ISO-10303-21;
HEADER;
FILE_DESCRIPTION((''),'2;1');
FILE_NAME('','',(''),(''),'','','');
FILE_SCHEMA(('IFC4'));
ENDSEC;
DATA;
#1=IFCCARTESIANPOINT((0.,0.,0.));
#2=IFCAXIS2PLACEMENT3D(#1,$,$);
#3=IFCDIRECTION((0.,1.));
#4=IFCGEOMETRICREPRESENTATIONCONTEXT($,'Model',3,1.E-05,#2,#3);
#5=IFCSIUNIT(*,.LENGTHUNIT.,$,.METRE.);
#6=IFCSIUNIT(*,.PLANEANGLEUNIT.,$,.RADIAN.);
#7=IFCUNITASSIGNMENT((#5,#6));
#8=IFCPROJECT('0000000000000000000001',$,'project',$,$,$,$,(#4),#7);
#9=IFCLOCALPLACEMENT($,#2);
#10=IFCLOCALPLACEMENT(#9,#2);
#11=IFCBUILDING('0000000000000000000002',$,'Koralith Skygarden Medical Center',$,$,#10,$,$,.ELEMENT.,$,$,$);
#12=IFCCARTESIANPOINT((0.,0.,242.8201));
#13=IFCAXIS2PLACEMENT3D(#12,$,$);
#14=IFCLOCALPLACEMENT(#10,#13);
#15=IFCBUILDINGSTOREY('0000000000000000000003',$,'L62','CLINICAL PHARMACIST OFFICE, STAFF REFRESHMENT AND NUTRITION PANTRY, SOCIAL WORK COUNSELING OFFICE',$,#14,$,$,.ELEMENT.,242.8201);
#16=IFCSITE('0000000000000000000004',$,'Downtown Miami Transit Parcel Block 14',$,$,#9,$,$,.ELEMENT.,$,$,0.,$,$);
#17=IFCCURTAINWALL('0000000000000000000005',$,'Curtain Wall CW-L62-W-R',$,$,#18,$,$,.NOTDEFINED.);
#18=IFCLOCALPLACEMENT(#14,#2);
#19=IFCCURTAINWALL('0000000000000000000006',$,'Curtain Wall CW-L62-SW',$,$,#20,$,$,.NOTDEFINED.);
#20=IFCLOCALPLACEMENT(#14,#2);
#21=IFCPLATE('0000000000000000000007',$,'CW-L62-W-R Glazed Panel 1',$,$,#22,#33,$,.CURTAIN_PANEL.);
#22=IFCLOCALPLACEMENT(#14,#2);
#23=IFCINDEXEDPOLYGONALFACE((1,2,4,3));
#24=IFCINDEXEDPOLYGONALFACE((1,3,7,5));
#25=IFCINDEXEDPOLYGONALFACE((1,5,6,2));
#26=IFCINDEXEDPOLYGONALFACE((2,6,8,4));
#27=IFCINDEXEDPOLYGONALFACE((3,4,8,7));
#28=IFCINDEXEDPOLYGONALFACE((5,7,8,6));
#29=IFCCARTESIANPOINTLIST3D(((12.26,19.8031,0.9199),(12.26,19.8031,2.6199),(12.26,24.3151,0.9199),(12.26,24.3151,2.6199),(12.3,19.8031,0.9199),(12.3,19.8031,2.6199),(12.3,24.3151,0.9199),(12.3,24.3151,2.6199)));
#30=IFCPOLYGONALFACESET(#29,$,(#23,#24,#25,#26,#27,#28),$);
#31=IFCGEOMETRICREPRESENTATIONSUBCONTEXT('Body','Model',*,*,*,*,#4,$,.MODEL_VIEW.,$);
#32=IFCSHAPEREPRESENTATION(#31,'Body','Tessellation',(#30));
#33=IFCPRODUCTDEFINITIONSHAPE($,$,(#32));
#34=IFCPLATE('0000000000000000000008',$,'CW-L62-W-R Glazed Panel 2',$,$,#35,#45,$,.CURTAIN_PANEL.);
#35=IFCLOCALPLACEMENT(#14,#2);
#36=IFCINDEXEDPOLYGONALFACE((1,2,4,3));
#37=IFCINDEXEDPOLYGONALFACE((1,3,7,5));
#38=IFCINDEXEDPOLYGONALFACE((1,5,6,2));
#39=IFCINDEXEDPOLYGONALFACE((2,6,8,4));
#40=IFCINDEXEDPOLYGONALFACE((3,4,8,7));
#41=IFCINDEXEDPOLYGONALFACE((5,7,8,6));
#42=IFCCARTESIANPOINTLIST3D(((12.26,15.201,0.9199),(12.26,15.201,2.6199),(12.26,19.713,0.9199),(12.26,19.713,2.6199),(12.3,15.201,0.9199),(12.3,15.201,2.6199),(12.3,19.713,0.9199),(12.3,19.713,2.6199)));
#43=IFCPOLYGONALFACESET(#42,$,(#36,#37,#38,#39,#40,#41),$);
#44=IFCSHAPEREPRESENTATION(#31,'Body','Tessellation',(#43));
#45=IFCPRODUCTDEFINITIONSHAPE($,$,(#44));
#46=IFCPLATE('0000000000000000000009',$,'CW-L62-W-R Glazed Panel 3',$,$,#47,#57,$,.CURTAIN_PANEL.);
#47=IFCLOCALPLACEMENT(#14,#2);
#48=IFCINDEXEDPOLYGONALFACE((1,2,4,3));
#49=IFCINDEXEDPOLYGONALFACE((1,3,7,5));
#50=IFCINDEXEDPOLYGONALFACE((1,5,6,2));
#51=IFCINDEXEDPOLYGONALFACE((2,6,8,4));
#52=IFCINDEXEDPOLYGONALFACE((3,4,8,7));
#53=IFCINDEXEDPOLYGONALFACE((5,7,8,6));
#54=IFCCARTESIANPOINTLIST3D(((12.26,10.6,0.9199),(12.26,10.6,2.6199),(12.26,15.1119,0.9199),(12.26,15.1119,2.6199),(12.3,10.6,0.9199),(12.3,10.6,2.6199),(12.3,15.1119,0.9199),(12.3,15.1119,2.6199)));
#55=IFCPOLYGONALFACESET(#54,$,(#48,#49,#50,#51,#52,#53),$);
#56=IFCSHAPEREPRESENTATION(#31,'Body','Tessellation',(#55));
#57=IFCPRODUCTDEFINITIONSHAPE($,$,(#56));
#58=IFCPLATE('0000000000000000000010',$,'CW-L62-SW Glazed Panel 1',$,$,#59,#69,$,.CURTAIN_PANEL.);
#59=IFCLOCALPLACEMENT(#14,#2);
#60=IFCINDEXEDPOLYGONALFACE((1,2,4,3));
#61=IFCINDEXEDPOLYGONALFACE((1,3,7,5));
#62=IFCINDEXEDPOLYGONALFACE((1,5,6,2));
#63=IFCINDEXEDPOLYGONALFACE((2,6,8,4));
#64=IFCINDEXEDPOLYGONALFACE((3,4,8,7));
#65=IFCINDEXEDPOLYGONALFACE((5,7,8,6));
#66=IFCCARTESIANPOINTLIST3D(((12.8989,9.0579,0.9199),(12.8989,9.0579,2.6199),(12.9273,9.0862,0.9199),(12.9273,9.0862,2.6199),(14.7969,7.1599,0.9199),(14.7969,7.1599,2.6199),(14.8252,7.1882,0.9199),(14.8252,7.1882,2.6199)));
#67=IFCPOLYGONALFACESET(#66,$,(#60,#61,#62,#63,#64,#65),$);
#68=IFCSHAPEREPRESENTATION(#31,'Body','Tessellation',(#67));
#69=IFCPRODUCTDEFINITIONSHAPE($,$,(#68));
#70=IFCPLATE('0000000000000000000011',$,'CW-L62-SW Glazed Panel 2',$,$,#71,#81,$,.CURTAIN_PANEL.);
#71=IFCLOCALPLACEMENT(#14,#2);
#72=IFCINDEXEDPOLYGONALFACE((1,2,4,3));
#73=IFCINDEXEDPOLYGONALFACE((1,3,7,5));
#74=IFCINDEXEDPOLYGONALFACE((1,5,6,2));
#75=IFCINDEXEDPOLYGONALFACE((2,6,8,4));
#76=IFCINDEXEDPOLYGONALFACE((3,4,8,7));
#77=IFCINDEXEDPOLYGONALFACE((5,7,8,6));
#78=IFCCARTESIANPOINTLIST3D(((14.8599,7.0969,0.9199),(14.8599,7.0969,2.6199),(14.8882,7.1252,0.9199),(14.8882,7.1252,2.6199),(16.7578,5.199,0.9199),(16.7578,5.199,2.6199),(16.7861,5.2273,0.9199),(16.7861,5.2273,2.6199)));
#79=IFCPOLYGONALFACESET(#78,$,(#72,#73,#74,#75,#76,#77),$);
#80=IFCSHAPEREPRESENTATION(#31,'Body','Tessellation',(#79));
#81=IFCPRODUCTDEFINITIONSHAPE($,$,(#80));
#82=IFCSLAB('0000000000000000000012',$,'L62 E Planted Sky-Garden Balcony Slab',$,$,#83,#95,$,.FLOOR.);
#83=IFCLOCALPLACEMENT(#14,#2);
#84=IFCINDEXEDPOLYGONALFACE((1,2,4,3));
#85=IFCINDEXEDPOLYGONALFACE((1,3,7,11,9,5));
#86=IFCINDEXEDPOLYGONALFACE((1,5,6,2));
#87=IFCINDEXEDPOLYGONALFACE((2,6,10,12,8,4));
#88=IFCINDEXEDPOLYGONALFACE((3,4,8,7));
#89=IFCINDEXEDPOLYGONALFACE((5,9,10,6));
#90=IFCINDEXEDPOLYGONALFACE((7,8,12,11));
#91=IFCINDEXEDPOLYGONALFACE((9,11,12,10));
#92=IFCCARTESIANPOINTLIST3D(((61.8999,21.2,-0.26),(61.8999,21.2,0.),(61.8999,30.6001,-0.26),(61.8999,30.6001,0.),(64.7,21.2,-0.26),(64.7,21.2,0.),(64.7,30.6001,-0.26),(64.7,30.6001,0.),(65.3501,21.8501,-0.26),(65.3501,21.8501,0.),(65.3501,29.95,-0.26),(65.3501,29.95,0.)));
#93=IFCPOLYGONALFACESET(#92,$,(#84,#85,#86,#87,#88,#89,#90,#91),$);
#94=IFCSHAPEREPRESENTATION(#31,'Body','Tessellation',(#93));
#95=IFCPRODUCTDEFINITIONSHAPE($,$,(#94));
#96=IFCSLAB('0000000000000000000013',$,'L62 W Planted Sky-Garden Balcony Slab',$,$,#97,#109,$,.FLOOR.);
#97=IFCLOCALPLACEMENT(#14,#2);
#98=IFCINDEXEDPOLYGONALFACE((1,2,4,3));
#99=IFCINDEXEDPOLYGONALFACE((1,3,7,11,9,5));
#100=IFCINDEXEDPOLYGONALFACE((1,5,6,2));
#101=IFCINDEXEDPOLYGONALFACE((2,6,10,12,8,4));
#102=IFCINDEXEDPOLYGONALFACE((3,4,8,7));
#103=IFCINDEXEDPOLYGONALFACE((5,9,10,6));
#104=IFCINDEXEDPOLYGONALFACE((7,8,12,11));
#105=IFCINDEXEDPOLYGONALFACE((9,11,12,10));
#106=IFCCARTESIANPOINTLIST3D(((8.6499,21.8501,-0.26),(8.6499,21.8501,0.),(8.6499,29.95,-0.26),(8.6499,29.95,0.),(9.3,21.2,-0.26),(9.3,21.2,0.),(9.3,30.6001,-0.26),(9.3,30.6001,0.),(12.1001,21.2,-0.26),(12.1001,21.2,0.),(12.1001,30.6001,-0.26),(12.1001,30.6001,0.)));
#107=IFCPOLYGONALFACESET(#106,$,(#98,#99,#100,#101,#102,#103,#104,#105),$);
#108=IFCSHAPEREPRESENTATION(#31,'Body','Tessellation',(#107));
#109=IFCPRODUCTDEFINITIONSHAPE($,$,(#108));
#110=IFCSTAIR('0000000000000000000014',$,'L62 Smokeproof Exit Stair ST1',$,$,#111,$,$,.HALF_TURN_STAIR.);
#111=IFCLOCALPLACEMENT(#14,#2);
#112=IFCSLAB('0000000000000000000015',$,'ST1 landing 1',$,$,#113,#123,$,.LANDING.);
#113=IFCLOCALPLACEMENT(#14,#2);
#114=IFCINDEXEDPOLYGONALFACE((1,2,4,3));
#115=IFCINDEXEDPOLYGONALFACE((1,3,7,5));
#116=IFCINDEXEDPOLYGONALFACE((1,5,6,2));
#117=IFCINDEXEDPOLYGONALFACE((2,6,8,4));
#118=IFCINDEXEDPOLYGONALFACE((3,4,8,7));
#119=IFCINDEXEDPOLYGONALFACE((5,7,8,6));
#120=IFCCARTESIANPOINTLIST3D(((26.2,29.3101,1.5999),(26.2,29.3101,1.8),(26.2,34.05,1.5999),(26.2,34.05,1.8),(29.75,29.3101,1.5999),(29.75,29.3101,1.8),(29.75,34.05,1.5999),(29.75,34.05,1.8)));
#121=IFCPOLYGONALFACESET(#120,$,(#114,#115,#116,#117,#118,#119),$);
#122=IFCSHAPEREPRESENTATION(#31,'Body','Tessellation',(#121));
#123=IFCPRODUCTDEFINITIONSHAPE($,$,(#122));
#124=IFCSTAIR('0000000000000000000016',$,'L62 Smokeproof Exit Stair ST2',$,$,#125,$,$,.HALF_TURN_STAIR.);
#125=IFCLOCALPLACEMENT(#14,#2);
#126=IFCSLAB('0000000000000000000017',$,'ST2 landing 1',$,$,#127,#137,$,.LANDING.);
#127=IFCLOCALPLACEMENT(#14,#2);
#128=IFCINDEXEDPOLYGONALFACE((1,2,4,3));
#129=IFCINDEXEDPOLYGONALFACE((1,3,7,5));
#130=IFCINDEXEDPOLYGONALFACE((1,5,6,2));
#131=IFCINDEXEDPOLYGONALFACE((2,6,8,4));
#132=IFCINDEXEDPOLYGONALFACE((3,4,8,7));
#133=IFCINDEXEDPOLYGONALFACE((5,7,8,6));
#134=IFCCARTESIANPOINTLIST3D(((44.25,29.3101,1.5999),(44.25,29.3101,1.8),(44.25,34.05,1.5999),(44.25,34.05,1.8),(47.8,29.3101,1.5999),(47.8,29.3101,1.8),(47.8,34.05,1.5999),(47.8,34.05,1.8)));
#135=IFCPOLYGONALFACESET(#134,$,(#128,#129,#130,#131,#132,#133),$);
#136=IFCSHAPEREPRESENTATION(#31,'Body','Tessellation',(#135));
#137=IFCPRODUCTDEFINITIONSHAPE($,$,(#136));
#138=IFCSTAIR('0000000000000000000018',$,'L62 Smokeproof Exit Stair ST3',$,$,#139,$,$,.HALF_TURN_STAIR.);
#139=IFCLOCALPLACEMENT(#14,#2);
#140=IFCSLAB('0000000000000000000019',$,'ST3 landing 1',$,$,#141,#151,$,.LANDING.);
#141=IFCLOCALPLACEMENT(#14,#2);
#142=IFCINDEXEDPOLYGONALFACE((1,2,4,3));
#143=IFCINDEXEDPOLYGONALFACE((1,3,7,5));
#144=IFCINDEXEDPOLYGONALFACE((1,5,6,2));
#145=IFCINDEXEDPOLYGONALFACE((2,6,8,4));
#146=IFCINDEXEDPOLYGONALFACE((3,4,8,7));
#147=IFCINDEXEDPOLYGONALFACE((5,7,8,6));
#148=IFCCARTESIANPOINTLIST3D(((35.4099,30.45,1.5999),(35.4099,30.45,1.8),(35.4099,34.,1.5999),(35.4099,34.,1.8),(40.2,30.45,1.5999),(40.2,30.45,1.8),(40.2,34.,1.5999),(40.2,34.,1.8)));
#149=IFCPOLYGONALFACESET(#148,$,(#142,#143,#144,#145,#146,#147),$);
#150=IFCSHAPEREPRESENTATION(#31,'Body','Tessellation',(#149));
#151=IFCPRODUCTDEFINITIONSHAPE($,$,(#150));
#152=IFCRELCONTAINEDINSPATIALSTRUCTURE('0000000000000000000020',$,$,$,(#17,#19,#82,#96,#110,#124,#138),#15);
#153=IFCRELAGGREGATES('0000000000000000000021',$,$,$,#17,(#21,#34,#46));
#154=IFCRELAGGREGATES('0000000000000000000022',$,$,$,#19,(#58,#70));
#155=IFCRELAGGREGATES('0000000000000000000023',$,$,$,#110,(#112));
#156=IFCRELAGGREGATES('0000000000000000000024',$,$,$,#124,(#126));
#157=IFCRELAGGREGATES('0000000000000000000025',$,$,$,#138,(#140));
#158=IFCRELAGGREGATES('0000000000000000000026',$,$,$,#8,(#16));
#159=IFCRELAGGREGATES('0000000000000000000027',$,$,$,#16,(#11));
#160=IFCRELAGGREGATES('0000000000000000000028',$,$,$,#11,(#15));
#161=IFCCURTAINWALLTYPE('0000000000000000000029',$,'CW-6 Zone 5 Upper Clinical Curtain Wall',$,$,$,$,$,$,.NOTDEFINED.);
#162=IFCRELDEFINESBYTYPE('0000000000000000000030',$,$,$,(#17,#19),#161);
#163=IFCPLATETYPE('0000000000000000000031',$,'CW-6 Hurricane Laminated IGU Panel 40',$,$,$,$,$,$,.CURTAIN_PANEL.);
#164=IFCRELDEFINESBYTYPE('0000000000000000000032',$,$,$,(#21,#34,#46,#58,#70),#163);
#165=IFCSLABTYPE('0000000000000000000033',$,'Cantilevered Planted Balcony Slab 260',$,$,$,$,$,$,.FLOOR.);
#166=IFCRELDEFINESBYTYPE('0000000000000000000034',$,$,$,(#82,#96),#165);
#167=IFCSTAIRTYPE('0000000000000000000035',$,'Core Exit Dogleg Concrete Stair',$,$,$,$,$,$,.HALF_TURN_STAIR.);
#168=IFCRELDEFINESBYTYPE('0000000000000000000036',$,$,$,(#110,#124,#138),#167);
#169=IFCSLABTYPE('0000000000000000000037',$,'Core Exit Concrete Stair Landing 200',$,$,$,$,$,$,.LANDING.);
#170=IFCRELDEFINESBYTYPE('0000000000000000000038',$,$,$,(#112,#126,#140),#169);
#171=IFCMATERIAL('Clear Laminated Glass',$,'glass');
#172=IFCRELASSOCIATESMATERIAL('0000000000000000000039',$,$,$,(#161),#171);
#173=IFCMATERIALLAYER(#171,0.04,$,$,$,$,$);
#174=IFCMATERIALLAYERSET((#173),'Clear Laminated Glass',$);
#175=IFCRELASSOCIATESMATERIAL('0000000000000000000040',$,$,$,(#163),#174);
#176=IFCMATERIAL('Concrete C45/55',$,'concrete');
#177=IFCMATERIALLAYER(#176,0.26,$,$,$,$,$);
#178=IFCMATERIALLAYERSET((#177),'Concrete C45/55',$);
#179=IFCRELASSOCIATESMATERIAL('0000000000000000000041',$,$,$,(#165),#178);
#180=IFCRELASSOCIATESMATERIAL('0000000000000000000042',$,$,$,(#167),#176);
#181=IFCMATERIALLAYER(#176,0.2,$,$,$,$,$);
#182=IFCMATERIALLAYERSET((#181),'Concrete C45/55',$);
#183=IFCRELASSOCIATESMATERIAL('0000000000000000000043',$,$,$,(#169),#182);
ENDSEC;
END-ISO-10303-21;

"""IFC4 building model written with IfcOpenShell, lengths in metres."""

from ifc_helpers import new_model, si_unit, direction, frame, origin, origin_2d, place, context, subcontext, project, spatial, polyline, rectangle, outline, extrude, material, layer, layer_set, type_object, element, aggregate, save


model = new_model("IFC4")

# Units and contexts
model_context = context("Model", 3, precision=1e-05, world=origin(), true_north=direction((0.0, 1.0)))
body_context = subcontext(model_context, "Body", "Model", "MODEL_VIEW")
ifc_project = project(units=[si_unit("LENGTHUNIT", "METRE"), si_unit("PLANEANGLEUNIT", "RADIAN")], contexts=[model_context])

# Site, building, storey
site_placement = place(None, origin())
site = spatial("IfcSite", under=ifc_project, at=site_placement, Name="Downtown Miami Transit Parcel Block 14", CompositionType="ELEMENT", RefElevation=0.0)
building_placement = place(site_placement, origin())
building = spatial("IfcBuilding", under=site, at=building_placement, Name="Koralith Skygarden Medical Center", CompositionType="ELEMENT")
storey_placement = place(building_placement, frame((0.0, 0.0, 242.8201)))
storey = spatial("IfcBuildingStorey", under=building, at=storey_placement, Name="L62", Description="CLINICAL PHARMACIST OFFICE, STAFF REFRESHMENT AND NUTRITION PANTRY, SOCIAL WORK COUNSELING OFFICE", CompositionType="ELEMENT", Elevation=242.8201)

# Curtain walls
ifc_material_1 = material(Name="Clear Laminated Glass", Category="glass")
curtain_wall_type = type_object("IfcCurtainWallType", Name="CW-6 Zone 5 Upper Clinical Curtain Wall", PredefinedType="NOTDEFINED", material=ifc_material_1)
curtain_wall_1_placement = place(storey_placement, origin())
curtain_wall_1 = element("IfcCurtainWall", 1, at=curtain_wall_1_placement, inside=storey, type_object=curtain_wall_type, Name="Curtain Wall CW-L62-W-R", PredefinedType="NOTDEFINED")
curtain_wall_2_placement = place(storey_placement, origin())
curtain_wall_2 = element("IfcCurtainWall", 2, at=curtain_wall_2_placement, inside=storey, type_object=curtain_wall_type, Name="Curtain Wall CW-L62-SW", PredefinedType="NOTDEFINED")

# Shared definitions
ifc_material_2 = material(Name="Concrete C45/55", Category="concrete")

# Plates
ifc_layer_1 = layer(ifc_material_1, 0.04)
ifc_layer_set_1 = layer_set([ifc_layer_1], Name="Clear Laminated Glass")
plate_type_1 = type_object("IfcPlateType", Name="CW-6 Hurricane Laminated IGU Panel 40", PredefinedType="CURTAIN_PANEL", material=ifc_layer_set_1)
plate_1_placement = place(storey_placement, frame((12.28, 22.0591, 0.9199), z_axis=(0.0, 0.0, 1.0), x_axis=(0.0, -1.0, 0.0)))
plate_1 = element("IfcPlate", 3, at=plate_1_placement, type_object=plate_type_1, Name="CW-L62-W-R Glazed Panel 1", PredefinedType="CURTAIN_PANEL", context=body_context, shape_type="SweptSolid", body=[
    extrude(rectangle(XDim=4.512, YDim=0.04, at=origin_2d()), origin(), (0.0, 0.0, 1.0), 1.7),
])
plate_2_placement = place(storey_placement, frame((12.28, 17.457, 0.9199), z_axis=(0.0, 0.0, 1.0), x_axis=(0.0, -1.0, 0.0)))
plate_2 = element("IfcPlate", 4, at=plate_2_placement, type_object=plate_type_1, Name="CW-L62-W-R Glazed Panel 2", PredefinedType="CURTAIN_PANEL", context=body_context, shape_type="SweptSolid", body=[
    extrude(rectangle(XDim=4.512, YDim=0.04, at=origin_2d()), origin(), (0.0, 0.0, 1.0), 1.7),
])
plate_3_placement = place(storey_placement, frame((12.28, 12.856, 0.9199), z_axis=(0.0, 0.0, 1.0), x_axis=(0.0, -1.0, 0.0)))
plate_3 = element("IfcPlate", 5, at=plate_3_placement, type_object=plate_type_1, Name="CW-L62-W-R Glazed Panel 3", PredefinedType="CURTAIN_PANEL", context=body_context, shape_type="SweptSolid", body=[
    extrude(rectangle(XDim=4.512, YDim=0.04, at=origin_2d()), origin(), (0.0, 0.0, 1.0), 1.7),
])
aggregate(curtain_wall_1, [plate_1, plate_2, plate_3])
plate_4_placement = place(storey_placement, frame((13.8621, 8.123, 0.9199), z_axis=(0.0, 0.0, 1.0), x_axis=(0.707107, -0.707107, 0.0)))
plate_4 = element("IfcPlate", 6, at=plate_4_placement, type_object=plate_type_1, Name="CW-L62-SW Glazed Panel 1", PredefinedType="CURTAIN_PANEL", context=body_context, shape_type="SweptSolid", body=[
    extrude(rectangle(XDim=2.6841, YDim=0.04, at=origin_2d()), origin(), (0.0, 0.0, 1.0), 1.7),
])
plate_5_placement = place(storey_placement, frame((15.823, 6.1621, 0.9199), z_axis=(0.0, 0.0, 1.0), x_axis=(0.707107, -0.707107, 0.0)))
plate_5 = element("IfcPlate", 7, at=plate_5_placement, type_object=plate_type_1, Name="CW-L62-SW Glazed Panel 2", PredefinedType="CURTAIN_PANEL", context=body_context, shape_type="SweptSolid", body=[
    extrude(rectangle(XDim=2.6841, YDim=0.04, at=origin_2d()), origin(), (0.0, 0.0, 1.0), 1.7),
])
aggregate(curtain_wall_2, [plate_4, plate_5])

# Slabs
ifc_layer_2 = layer(ifc_material_2, 0.26)
ifc_layer_set_2 = layer_set([ifc_layer_2], Name="Concrete C45/55")
slab_type_1 = type_object("IfcSlabType", Name="Cantilevered Planted Balcony Slab 260", PredefinedType="FLOOR", material=ifc_layer_set_2)
slab_1_placement = place(storey_placement, frame((0.0, 0.0, -0.26)))
element("IfcSlab", 8, at=slab_1_placement, inside=storey, type_object=slab_type_1, Name="L62 E Planted Sky-Garden Balcony Slab", PredefinedType="FLOOR", context=body_context, shape_type="SweptSolid", body=[
    extrude(outline(polyline([(61.8999, 21.2), (64.7, 21.2), (65.3501, 21.8501), (65.3501, 29.95), (64.7, 30.6001), (61.8999, 30.6001), (61.8999, 21.2)])), origin(), (0.0, 0.0, 1.0), 0.26),
])
slab_2_placement = place(storey_placement, frame((0.0, 0.0, -0.26)))
element("IfcSlab", 9, at=slab_2_placement, inside=storey, type_object=slab_type_1, Name="L62 W Planted Sky-Garden Balcony Slab", PredefinedType="FLOOR", context=body_context, shape_type="SweptSolid", body=[
    extrude(outline(polyline([(9.3, 21.2), (12.1001, 21.2), (12.1001, 30.6001), (9.3, 30.6001), (8.6499, 29.95), (8.6499, 21.8501), (9.3, 21.2)])), origin(), (0.0, 0.0, 1.0), 0.26),
])

# Stairs, slabs
stair_type = type_object("IfcStairType", Name="Core Exit Dogleg Concrete Stair", PredefinedType="HALF_TURN_STAIR", material=ifc_material_2)
stair_1_placement = place(storey_placement, origin())
stair_1 = element("IfcStair", 10, at=stair_1_placement, inside=storey, type_object=stair_type, Name="L62 Smokeproof Exit Stair ST1", PredefinedType="HALF_TURN_STAIR")
ifc_layer_3 = layer(ifc_material_2, 0.2)
ifc_layer_set_3 = layer_set([ifc_layer_3], Name="Concrete C45/55")
slab_type_2 = type_object("IfcSlabType", Name="Core Exit Concrete Stair Landing 200", PredefinedType="LANDING", material=ifc_layer_set_3)
slab_3_placement = place(storey_placement, frame((0.0, 0.0, 1.5999)))
slab_3 = element("IfcSlab", 11, at=slab_3_placement, type_object=slab_type_2, Name="ST1 landing 1", PredefinedType="LANDING", context=body_context, shape_type="SweptSolid", body=[
    extrude(outline(polyline([(29.75, 29.3101), (29.75, 34.05), (26.2, 34.05), (26.2, 29.3101), (29.75, 29.3101)])), origin(), (0.0, 0.0, 1.0), 0.2002),
])
aggregate(stair_1, [slab_3])
stair_2_placement = place(storey_placement, origin())
stair_2 = element("IfcStair", 12, at=stair_2_placement, inside=storey, type_object=stair_type, Name="L62 Smokeproof Exit Stair ST2", PredefinedType="HALF_TURN_STAIR")
slab_4_placement = place(storey_placement, frame((0.0, 0.0, 1.5999)))
slab_4 = element("IfcSlab", 13, at=slab_4_placement, type_object=slab_type_2, Name="ST2 landing 1", PredefinedType="LANDING", context=body_context, shape_type="SweptSolid", body=[
    extrude(outline(polyline([(47.8, 29.3101), (47.8, 34.05), (44.25, 34.05), (44.25, 29.3101), (47.8, 29.3101)])), origin(), (0.0, 0.0, 1.0), 0.2002),
])
aggregate(stair_2, [slab_4])
stair_3_placement = place(storey_placement, origin())
stair_3 = element("IfcStair", 14, at=stair_3_placement, inside=storey, type_object=stair_type, Name="L62 Smokeproof Exit Stair ST3", PredefinedType="HALF_TURN_STAIR")
slab_5_placement = place(storey_placement, frame((0.0, 0.0, 1.5999)))
slab_5 = element("IfcSlab", 15, at=slab_5_placement, type_object=slab_type_2, Name="ST3 landing 1", PredefinedType="LANDING", context=body_context, shape_type="SweptSolid", body=[
    extrude(outline(polyline([(35.4099, 30.45), (40.2, 30.45), (40.2, 34.0), (35.4099, 34.0), (35.4099, 30.45)])), origin(), (0.0, 0.0, 1.0), 0.2002),
])
aggregate(stair_3, [slab_5])

save(model, "model.ifc")
